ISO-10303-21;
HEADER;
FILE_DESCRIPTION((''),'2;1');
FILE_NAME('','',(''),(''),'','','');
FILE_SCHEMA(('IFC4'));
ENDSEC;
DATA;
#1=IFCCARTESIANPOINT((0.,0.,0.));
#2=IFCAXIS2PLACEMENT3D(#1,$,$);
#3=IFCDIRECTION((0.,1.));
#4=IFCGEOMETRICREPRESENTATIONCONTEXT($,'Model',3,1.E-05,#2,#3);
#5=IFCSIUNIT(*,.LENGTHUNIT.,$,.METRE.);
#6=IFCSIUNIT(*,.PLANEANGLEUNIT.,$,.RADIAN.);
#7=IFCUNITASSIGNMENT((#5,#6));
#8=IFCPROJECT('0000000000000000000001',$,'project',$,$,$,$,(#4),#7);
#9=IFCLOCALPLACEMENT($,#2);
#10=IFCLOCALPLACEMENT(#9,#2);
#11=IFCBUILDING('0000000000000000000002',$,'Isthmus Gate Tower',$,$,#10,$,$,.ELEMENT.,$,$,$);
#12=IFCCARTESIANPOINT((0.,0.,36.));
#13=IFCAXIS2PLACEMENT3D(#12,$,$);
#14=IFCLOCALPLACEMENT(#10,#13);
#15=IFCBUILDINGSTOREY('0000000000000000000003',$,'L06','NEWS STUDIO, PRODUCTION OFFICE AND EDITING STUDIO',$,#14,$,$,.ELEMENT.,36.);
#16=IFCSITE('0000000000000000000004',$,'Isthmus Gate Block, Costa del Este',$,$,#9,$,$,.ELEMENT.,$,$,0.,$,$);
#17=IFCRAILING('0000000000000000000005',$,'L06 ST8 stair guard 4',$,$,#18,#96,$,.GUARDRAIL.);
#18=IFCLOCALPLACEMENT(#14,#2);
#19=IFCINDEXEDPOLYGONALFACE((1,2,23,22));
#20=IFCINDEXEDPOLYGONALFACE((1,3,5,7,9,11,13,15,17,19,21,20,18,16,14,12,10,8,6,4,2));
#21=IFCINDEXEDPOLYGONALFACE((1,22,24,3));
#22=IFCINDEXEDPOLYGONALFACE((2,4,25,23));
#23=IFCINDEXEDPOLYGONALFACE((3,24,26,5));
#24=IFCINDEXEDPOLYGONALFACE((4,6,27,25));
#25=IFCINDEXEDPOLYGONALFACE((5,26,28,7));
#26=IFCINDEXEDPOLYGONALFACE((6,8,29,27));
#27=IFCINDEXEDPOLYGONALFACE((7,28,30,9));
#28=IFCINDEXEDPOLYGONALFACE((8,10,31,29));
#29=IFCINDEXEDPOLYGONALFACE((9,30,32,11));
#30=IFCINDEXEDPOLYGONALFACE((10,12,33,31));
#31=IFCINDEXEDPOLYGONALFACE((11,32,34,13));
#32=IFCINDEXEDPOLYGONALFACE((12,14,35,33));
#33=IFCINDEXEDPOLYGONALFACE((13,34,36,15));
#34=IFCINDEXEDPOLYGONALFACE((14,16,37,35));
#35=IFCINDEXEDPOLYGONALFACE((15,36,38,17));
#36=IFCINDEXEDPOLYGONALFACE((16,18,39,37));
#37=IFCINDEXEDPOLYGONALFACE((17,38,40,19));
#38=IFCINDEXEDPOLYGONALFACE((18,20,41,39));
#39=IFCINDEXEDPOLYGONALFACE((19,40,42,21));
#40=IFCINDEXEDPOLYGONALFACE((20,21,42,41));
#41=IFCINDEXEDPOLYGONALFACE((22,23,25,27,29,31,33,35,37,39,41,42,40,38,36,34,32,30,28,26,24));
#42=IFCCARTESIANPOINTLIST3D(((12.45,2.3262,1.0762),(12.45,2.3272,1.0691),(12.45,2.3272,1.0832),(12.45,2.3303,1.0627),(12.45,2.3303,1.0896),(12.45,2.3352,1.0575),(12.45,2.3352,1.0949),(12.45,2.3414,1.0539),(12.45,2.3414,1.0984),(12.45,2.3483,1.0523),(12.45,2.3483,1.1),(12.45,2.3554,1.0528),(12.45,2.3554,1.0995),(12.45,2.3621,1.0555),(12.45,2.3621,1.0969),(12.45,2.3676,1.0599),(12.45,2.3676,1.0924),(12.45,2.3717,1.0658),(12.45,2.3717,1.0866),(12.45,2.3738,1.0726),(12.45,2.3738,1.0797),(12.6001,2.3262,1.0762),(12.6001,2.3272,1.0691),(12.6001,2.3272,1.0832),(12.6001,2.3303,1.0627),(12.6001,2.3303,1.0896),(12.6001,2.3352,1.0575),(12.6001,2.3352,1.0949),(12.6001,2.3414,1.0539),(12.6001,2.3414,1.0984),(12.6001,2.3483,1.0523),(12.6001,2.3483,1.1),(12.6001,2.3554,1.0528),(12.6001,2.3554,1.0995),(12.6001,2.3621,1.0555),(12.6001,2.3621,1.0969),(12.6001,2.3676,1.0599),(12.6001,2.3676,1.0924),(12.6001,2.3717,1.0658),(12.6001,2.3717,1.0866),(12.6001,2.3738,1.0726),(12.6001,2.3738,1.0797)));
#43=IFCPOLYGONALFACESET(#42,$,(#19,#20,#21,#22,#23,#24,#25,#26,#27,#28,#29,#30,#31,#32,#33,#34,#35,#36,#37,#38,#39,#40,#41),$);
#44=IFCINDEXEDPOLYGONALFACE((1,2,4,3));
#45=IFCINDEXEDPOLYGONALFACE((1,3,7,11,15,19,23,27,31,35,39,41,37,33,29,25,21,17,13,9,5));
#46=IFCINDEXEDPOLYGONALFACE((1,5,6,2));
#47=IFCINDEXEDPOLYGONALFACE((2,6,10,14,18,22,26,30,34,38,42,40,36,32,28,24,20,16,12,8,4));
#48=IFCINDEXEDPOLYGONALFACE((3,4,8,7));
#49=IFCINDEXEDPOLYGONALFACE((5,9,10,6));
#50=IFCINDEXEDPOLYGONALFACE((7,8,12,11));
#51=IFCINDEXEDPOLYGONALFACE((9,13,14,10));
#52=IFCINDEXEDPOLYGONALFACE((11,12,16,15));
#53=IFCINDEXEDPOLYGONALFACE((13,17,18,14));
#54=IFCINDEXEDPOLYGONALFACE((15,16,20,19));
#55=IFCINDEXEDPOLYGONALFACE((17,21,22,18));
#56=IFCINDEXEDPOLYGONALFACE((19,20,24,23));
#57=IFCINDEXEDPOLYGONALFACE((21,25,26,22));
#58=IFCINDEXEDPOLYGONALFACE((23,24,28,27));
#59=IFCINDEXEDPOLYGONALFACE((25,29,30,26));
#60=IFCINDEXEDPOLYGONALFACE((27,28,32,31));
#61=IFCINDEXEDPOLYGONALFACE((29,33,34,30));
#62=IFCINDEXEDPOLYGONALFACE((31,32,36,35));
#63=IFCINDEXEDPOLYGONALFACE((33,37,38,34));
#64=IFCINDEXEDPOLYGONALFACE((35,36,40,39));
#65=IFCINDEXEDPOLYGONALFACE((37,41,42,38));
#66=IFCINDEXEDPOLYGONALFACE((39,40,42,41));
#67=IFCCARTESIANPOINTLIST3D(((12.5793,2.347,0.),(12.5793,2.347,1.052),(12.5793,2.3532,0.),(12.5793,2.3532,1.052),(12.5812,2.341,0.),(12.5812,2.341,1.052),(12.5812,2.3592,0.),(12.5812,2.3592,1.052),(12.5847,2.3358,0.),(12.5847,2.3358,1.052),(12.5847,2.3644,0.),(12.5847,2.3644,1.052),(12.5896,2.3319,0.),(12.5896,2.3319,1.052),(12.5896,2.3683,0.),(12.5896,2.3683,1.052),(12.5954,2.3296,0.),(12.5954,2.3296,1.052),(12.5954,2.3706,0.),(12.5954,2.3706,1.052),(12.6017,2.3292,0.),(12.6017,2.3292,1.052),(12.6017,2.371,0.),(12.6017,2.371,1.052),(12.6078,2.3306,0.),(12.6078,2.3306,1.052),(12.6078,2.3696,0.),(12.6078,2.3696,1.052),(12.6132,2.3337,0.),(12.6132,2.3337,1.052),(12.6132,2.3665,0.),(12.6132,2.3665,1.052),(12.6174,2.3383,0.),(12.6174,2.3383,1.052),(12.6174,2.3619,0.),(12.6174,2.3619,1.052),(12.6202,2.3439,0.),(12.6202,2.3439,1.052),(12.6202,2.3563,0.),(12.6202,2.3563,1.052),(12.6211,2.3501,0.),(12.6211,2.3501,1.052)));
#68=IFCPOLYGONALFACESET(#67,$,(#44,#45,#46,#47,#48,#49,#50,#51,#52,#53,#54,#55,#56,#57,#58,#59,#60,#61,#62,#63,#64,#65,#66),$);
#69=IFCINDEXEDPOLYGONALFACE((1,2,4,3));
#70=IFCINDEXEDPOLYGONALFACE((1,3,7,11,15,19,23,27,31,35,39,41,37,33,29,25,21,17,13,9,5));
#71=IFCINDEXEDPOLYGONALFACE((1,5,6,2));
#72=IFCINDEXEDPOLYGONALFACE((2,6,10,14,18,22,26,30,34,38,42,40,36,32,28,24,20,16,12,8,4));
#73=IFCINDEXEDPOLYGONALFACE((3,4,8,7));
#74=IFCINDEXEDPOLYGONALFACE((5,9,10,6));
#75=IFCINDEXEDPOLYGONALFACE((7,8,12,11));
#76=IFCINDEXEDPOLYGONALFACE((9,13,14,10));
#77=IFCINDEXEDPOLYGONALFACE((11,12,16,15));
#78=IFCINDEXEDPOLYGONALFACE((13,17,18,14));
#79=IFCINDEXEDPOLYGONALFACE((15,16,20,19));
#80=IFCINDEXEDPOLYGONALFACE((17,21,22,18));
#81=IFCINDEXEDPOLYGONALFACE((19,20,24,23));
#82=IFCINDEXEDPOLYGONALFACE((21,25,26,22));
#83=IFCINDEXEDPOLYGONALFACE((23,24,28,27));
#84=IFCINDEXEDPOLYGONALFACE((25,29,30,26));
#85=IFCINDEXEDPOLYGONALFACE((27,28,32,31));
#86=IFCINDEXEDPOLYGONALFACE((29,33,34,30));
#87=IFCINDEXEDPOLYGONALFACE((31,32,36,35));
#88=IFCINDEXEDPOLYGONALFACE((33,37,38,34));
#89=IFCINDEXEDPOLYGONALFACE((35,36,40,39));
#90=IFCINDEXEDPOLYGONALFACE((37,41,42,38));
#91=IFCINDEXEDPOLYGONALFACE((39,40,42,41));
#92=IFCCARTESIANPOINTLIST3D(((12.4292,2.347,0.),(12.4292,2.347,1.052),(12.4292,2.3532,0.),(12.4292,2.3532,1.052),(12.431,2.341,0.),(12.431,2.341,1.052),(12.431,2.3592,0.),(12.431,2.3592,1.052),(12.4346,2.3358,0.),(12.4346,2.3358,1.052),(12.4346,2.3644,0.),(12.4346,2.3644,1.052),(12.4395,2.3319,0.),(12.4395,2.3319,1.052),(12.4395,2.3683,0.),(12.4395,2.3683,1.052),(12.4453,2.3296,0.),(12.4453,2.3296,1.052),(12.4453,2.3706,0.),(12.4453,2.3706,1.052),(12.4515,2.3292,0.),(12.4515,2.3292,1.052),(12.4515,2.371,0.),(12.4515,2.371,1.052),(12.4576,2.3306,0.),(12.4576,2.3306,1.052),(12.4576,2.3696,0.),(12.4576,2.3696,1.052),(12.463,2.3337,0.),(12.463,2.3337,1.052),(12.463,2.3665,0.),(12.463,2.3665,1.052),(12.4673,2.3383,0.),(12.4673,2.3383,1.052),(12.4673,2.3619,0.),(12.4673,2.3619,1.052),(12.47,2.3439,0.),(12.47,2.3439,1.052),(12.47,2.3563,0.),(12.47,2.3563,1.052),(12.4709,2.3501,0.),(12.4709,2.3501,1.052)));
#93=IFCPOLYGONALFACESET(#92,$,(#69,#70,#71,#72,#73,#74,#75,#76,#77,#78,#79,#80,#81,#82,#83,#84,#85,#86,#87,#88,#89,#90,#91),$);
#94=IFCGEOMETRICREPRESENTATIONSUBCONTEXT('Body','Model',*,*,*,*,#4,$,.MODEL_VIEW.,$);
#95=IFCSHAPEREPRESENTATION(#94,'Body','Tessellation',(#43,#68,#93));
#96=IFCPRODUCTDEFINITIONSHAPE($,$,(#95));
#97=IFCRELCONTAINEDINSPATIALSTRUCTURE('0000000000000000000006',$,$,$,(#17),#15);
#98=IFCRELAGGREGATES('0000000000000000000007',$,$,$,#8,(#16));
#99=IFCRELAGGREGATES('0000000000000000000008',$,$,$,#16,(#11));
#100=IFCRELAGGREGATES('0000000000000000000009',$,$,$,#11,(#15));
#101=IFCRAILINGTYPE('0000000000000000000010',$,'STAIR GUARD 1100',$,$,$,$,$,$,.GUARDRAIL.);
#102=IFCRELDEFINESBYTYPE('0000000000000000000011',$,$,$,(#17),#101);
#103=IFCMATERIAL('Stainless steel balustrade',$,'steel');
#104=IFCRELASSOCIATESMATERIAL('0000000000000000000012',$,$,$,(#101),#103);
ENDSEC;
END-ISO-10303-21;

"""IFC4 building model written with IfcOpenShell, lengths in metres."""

from ifc_helpers import new_model, si_unit, direction, frame, origin, origin_2d, place, context, subcontext, project, spatial, circle, extrude, material, type_object, element, save


model = new_model("IFC4")

# Units and contexts
model_context = context("Model", 3, precision=1e-05, world=origin(), true_north=direction((0.0, 1.0)))
body_context = subcontext(model_context, "Body", "Model", "MODEL_VIEW")
ifc_project = project(units=[si_unit("LENGTHUNIT", "METRE"), si_unit("PLANEANGLEUNIT", "RADIAN")], contexts=[model_context])

# Site, building, storey
site_placement = place(None, origin())
site = spatial("IfcSite", under=ifc_project, at=site_placement, Name="Isthmus Gate Block, Costa del Este", CompositionType="ELEMENT", RefElevation=0.0)
building_placement = place(site_placement, origin())
building = spatial("IfcBuilding", under=site, at=building_placement, Name="Isthmus Gate Tower", CompositionType="ELEMENT")
storey_placement = place(building_placement, frame((0.0, 0.0, 36.0)))
storey = spatial("IfcBuildingStorey", under=building, at=storey_placement, Name="L06", Description="NEWS STUDIO, PRODUCTION OFFICE AND EDITING STUDIO", CompositionType="ELEMENT", Elevation=36.0)

# Railing
ifc_material_1 = material(Name="Stainless steel balustrade", Category="steel")
railing_type_1 = type_object("IfcRailingType", Name="STAIR GUARD 1100", PredefinedType="GUARDRAIL", material=ifc_material_1)
railing_1_placement = place(storey_placement, frame((12.6001, 2.3501, 0.0)))
element("IfcRailing", 1, at=railing_1_placement, inside=storey, type_object=railing_type_1, Name="L06 ST8 stair guard 4", PredefinedType="GUARDRAIL", context=body_context, shape_type="SweptSolid", body=[
    extrude(circle(Radius=0.0239, at=origin_2d()), frame((0.0, 0.0, 1.0762), z_axis=(-1.0, 0.0, 0.0), x_axis=(0.0, -1.0, 0.0)), (0.0, 0.0, 1.0), 0.1501),
    extrude(circle(Radius=0.021, at=origin_2d()), origin(), (0.0, 0.0, 1.0), 1.052),
    extrude(circle(Radius=0.021, at=origin_2d()), frame((-0.1501, 0.0, 0.0)), (0.0, 0.0, 1.0), 1.052),
])

save(model, "model.ifc")
